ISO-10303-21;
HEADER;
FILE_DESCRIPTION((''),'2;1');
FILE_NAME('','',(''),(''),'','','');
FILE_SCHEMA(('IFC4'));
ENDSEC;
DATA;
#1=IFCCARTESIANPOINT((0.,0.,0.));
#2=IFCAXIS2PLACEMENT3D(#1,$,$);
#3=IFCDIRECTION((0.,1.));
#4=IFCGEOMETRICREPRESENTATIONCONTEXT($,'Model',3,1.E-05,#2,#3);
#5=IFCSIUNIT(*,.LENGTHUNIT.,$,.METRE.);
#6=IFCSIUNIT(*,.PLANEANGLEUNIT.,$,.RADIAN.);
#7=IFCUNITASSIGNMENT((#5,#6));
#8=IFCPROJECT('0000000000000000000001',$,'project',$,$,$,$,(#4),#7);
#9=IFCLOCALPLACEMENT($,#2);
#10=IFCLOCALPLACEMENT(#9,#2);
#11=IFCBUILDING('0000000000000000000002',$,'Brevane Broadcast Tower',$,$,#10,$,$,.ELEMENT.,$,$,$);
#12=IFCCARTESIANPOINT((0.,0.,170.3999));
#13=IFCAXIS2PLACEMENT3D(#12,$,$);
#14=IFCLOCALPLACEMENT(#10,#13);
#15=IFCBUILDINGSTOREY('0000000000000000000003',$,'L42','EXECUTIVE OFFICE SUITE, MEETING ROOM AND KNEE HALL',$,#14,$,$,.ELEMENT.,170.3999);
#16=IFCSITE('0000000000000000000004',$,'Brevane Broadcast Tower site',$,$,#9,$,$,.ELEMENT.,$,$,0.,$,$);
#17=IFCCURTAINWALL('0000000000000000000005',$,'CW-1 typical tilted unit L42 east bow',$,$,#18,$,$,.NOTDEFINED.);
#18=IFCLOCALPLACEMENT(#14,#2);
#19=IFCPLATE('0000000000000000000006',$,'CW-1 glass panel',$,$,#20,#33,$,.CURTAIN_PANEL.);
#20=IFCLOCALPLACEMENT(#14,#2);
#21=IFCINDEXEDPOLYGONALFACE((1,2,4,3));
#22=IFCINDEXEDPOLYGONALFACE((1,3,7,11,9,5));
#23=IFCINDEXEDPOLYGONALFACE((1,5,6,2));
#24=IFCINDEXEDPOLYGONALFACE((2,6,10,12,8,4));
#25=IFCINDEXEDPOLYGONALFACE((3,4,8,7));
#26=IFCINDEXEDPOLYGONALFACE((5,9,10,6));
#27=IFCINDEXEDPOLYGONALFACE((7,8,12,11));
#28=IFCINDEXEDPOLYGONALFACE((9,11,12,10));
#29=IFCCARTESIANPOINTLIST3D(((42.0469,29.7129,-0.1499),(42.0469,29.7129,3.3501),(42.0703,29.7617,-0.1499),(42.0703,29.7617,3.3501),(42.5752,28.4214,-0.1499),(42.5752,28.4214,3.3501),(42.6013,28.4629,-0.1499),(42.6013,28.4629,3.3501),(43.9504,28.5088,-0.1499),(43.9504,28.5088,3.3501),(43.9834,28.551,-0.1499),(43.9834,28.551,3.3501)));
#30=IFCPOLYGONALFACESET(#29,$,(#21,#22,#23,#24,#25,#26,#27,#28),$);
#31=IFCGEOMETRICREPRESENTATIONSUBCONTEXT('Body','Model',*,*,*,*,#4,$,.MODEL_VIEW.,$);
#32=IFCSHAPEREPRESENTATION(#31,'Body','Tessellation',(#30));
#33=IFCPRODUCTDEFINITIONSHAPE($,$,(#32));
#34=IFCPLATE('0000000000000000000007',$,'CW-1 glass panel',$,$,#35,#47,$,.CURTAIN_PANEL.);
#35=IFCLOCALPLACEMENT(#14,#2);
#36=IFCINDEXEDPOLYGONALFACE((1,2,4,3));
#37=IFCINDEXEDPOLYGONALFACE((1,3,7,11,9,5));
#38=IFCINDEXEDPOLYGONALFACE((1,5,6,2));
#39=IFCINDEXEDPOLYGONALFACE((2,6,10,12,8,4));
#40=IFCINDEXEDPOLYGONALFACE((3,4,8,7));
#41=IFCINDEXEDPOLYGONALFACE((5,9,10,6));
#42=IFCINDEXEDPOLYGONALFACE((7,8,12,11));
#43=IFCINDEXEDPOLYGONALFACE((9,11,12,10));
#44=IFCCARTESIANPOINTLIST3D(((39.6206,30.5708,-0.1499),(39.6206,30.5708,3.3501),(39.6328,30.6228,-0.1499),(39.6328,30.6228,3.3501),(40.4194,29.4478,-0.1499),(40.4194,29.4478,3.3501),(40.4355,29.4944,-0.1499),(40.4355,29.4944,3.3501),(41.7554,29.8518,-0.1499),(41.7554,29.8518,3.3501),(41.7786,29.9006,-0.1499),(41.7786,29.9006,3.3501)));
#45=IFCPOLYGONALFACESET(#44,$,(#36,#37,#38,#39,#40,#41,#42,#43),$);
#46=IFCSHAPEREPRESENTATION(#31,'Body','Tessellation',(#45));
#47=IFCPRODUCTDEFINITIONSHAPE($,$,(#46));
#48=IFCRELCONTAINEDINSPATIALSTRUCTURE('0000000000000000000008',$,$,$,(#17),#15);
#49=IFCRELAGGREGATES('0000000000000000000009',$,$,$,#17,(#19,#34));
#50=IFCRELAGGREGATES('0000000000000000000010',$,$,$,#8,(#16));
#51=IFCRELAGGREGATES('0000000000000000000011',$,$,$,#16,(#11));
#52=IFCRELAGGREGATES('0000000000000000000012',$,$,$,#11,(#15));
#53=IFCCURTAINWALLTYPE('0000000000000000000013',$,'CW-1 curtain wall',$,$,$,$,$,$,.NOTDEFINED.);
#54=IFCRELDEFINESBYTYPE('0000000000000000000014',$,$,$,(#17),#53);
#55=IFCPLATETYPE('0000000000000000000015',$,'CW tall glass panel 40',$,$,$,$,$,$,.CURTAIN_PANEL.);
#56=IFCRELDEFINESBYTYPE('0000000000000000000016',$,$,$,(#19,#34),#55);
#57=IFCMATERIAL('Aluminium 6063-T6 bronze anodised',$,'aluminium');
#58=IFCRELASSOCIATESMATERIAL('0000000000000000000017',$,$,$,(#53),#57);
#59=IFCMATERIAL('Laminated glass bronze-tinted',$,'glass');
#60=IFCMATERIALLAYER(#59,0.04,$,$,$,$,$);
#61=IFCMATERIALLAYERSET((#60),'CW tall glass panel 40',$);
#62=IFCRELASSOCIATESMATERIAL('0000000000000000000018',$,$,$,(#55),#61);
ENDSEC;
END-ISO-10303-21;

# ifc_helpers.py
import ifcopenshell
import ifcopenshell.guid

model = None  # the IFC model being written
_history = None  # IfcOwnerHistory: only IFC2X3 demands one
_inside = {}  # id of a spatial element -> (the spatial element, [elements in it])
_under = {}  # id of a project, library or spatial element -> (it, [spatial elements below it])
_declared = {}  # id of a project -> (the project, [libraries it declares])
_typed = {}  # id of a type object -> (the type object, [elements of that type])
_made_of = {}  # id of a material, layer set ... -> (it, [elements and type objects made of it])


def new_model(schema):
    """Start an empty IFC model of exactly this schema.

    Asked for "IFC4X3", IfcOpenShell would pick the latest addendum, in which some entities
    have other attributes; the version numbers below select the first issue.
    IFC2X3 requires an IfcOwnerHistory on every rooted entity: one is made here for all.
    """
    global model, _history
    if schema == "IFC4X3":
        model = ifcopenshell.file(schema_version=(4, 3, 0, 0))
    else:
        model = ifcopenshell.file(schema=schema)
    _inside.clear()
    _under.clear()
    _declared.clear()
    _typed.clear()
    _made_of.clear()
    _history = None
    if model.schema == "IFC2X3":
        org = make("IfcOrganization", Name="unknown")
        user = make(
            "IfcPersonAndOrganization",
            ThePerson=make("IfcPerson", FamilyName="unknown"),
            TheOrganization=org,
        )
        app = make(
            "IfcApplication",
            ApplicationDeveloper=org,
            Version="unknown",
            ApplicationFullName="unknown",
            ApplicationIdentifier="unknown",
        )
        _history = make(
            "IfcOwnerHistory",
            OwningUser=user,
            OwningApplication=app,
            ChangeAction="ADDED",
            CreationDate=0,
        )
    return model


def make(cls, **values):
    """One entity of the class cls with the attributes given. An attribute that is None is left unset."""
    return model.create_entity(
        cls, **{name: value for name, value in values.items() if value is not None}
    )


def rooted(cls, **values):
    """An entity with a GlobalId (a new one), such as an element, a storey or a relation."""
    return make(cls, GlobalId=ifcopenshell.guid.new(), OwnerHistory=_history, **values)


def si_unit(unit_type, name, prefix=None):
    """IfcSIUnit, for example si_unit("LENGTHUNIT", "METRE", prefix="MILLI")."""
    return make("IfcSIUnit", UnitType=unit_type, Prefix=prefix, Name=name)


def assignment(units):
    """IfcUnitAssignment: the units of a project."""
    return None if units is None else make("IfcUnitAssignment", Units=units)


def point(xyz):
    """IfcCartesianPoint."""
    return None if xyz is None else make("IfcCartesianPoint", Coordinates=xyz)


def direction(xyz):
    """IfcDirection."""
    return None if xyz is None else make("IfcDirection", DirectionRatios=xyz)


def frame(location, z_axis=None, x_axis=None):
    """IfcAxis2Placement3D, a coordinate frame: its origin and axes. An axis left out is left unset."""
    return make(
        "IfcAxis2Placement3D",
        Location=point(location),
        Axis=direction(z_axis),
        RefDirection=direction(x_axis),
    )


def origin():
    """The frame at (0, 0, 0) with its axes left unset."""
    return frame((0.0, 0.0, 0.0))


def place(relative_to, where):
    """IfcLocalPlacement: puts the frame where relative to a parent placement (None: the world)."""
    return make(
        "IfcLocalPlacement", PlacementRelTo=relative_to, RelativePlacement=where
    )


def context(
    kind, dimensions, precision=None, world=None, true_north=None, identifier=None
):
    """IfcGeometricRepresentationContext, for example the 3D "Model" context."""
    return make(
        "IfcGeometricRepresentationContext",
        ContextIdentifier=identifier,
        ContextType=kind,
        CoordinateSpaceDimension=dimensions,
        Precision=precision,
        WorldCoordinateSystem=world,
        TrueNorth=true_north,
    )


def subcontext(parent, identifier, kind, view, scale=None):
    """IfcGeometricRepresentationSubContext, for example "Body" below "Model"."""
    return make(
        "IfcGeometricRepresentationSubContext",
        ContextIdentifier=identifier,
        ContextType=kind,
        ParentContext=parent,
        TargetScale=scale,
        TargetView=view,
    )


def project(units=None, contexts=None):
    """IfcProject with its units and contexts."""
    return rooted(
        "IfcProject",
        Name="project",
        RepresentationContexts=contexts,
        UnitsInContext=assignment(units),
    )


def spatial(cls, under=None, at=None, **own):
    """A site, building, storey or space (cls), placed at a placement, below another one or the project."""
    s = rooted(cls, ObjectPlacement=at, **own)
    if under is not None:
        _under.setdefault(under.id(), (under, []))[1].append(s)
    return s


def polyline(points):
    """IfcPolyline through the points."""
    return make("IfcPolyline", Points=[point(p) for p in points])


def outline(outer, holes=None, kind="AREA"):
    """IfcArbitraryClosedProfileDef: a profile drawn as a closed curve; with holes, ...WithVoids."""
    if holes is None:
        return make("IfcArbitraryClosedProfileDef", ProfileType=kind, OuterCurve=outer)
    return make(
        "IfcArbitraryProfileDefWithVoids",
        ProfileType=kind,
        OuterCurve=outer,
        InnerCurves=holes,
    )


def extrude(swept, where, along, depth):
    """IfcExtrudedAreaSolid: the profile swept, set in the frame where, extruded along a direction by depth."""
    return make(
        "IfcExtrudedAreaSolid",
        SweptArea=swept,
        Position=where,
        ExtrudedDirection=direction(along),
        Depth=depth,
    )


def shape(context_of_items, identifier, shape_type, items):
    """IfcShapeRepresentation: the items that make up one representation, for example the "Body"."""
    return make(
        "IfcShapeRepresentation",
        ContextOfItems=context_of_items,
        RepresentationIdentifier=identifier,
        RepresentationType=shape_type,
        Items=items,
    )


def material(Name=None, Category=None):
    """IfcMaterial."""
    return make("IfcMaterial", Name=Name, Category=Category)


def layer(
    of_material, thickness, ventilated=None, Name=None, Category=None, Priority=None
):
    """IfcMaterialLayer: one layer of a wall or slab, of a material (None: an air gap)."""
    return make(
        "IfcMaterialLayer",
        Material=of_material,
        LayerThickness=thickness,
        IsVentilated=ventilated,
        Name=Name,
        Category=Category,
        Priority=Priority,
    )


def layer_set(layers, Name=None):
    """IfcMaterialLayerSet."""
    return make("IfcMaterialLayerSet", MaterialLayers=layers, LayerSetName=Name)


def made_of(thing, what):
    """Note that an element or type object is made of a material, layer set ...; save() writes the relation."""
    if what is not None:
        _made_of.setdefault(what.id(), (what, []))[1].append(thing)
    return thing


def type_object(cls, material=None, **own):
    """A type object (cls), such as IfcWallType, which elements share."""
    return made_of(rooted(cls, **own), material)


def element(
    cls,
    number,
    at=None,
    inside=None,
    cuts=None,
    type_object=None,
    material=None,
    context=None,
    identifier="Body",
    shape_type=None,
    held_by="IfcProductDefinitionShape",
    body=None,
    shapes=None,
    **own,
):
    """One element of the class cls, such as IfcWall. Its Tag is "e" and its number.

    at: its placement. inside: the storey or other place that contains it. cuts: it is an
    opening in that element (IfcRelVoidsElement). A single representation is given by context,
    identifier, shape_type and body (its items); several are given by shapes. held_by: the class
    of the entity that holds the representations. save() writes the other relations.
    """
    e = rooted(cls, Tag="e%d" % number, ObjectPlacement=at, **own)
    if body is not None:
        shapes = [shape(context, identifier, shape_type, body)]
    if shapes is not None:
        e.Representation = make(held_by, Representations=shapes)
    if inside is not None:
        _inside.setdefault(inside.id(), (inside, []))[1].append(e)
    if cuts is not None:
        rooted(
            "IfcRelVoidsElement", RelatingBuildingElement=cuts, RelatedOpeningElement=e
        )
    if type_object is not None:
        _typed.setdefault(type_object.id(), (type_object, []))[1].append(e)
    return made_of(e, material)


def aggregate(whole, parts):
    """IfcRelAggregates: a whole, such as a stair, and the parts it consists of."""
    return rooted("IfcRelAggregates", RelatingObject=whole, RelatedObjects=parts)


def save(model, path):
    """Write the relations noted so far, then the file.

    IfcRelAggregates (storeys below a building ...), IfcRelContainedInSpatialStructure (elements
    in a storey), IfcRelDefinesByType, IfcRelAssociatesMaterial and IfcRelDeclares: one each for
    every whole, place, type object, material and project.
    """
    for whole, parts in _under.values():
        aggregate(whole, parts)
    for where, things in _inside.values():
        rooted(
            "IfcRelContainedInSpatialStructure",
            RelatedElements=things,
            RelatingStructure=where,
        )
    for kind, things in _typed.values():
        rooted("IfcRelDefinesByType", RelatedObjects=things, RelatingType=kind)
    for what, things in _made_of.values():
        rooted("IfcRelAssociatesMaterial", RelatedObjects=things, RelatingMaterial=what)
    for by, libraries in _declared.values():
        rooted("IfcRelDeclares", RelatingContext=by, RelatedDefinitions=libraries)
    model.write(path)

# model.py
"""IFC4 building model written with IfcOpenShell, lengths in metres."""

from ifc_helpers import new_model, si_unit, direction, frame, origin, place, context, subcontext, project, spatial, polyline, outline, extrude, material, layer, layer_set, type_object, element, aggregate, save


model = new_model("IFC4")

# Units and contexts
model_context = context("Model", 3, precision=1e-05, world=origin(), true_north=direction((0.0, 1.0)))
body_context = subcontext(model_context, "Body", "Model", "MODEL_VIEW")
ifc_project = project(units=[si_unit("LENGTHUNIT", "METRE"), si_unit("PLANEANGLEUNIT", "RADIAN")], contexts=[model_context])

# Site, building, storey
site_placement = place(None, origin())
site = spatial("IfcSite", under=ifc_project, at=site_placement, Name="Brevane Broadcast Tower site", CompositionType="ELEMENT", RefElevation=0.0)
building_placement = place(site_placement, origin())
building = spatial("IfcBuilding", under=site, at=building_placement, Name="Brevane Broadcast Tower", CompositionType="ELEMENT")
storey_placement = place(building_placement, frame((0.0, 0.0, 170.3999)))
storey = spatial("IfcBuildingStorey", under=building, at=storey_placement, Name="L42", Description="EXECUTIVE OFFICE SUITE, MEETING ROOM AND KNEE HALL", CompositionType="ELEMENT", Elevation=170.3999)

# Curtain wall, plates
ifc_material_1 = material(Name="Aluminium 6063-T6 bronze anodised", Category="aluminium")
curtain_wall_type = type_object("IfcCurtainWallType", Name="CW-1 curtain wall", PredefinedType="NOTDEFINED", material=ifc_material_1)
ifc_material_2 = material(Name="Laminated glass bronze-tinted", Category="glass")
ifc_layer = layer(ifc_material_2, 0.04)
ifc_layer_set = layer_set([ifc_layer], Name="CW tall glass panel 40")
plate_type = type_object("IfcPlateType", Name="CW tall glass panel 40", PredefinedType="CURTAIN_PANEL", material=ifc_layer_set)
curtain_wall_1_placement = place(storey_placement, origin())
curtain_wall_1 = element("IfcCurtainWall", 1, at=curtain_wall_1_placement, inside=storey, type_object=curtain_wall_type, Name="CW-1 typical tilted unit L42 east bow", PredefinedType="NOTDEFINED")
plate_1_placement = place(storey_placement, frame((0.0, 0.0, -0.1499)))
plate_1 = element("IfcPlate", 2, at=plate_1_placement, type_object=plate_type, Name="CW-1 glass panel", PredefinedType="CURTAIN_PANEL", context=body_context, shape_type="SweptSolid", body=[
    extrude(outline(polyline([(43.9504, 28.5088), (43.9834, 28.551), (42.6013, 28.4629), (42.0703, 29.7617), (42.0469, 29.7129), (42.5752, 28.4214), (43.9504, 28.5088)])), origin(), (0.0, 0.0, 1.0), 3.5),
])
plate_2_placement = place(storey_placement, frame((0.0, 0.0, -0.1499)))
plate_2 = element("IfcPlate", 3, at=plate_2_placement, type_object=plate_type, Name="CW-1 glass panel", PredefinedType="CURTAIN_PANEL", context=body_context, shape_type="SweptSolid", body=[
    extrude(outline(polyline([(41.7554, 29.8518), (41.7786, 29.9006), (40.4355, 29.4944), (39.6328, 30.6228), (39.6206, 30.5708), (40.4194, 29.4478), (41.7554, 29.8518)])), origin(), (0.0, 0.0, 1.0), 3.5),
])
aggregate(curtain_wall_1, [plate_1, plate_2])

save(model, "model.ifc")
